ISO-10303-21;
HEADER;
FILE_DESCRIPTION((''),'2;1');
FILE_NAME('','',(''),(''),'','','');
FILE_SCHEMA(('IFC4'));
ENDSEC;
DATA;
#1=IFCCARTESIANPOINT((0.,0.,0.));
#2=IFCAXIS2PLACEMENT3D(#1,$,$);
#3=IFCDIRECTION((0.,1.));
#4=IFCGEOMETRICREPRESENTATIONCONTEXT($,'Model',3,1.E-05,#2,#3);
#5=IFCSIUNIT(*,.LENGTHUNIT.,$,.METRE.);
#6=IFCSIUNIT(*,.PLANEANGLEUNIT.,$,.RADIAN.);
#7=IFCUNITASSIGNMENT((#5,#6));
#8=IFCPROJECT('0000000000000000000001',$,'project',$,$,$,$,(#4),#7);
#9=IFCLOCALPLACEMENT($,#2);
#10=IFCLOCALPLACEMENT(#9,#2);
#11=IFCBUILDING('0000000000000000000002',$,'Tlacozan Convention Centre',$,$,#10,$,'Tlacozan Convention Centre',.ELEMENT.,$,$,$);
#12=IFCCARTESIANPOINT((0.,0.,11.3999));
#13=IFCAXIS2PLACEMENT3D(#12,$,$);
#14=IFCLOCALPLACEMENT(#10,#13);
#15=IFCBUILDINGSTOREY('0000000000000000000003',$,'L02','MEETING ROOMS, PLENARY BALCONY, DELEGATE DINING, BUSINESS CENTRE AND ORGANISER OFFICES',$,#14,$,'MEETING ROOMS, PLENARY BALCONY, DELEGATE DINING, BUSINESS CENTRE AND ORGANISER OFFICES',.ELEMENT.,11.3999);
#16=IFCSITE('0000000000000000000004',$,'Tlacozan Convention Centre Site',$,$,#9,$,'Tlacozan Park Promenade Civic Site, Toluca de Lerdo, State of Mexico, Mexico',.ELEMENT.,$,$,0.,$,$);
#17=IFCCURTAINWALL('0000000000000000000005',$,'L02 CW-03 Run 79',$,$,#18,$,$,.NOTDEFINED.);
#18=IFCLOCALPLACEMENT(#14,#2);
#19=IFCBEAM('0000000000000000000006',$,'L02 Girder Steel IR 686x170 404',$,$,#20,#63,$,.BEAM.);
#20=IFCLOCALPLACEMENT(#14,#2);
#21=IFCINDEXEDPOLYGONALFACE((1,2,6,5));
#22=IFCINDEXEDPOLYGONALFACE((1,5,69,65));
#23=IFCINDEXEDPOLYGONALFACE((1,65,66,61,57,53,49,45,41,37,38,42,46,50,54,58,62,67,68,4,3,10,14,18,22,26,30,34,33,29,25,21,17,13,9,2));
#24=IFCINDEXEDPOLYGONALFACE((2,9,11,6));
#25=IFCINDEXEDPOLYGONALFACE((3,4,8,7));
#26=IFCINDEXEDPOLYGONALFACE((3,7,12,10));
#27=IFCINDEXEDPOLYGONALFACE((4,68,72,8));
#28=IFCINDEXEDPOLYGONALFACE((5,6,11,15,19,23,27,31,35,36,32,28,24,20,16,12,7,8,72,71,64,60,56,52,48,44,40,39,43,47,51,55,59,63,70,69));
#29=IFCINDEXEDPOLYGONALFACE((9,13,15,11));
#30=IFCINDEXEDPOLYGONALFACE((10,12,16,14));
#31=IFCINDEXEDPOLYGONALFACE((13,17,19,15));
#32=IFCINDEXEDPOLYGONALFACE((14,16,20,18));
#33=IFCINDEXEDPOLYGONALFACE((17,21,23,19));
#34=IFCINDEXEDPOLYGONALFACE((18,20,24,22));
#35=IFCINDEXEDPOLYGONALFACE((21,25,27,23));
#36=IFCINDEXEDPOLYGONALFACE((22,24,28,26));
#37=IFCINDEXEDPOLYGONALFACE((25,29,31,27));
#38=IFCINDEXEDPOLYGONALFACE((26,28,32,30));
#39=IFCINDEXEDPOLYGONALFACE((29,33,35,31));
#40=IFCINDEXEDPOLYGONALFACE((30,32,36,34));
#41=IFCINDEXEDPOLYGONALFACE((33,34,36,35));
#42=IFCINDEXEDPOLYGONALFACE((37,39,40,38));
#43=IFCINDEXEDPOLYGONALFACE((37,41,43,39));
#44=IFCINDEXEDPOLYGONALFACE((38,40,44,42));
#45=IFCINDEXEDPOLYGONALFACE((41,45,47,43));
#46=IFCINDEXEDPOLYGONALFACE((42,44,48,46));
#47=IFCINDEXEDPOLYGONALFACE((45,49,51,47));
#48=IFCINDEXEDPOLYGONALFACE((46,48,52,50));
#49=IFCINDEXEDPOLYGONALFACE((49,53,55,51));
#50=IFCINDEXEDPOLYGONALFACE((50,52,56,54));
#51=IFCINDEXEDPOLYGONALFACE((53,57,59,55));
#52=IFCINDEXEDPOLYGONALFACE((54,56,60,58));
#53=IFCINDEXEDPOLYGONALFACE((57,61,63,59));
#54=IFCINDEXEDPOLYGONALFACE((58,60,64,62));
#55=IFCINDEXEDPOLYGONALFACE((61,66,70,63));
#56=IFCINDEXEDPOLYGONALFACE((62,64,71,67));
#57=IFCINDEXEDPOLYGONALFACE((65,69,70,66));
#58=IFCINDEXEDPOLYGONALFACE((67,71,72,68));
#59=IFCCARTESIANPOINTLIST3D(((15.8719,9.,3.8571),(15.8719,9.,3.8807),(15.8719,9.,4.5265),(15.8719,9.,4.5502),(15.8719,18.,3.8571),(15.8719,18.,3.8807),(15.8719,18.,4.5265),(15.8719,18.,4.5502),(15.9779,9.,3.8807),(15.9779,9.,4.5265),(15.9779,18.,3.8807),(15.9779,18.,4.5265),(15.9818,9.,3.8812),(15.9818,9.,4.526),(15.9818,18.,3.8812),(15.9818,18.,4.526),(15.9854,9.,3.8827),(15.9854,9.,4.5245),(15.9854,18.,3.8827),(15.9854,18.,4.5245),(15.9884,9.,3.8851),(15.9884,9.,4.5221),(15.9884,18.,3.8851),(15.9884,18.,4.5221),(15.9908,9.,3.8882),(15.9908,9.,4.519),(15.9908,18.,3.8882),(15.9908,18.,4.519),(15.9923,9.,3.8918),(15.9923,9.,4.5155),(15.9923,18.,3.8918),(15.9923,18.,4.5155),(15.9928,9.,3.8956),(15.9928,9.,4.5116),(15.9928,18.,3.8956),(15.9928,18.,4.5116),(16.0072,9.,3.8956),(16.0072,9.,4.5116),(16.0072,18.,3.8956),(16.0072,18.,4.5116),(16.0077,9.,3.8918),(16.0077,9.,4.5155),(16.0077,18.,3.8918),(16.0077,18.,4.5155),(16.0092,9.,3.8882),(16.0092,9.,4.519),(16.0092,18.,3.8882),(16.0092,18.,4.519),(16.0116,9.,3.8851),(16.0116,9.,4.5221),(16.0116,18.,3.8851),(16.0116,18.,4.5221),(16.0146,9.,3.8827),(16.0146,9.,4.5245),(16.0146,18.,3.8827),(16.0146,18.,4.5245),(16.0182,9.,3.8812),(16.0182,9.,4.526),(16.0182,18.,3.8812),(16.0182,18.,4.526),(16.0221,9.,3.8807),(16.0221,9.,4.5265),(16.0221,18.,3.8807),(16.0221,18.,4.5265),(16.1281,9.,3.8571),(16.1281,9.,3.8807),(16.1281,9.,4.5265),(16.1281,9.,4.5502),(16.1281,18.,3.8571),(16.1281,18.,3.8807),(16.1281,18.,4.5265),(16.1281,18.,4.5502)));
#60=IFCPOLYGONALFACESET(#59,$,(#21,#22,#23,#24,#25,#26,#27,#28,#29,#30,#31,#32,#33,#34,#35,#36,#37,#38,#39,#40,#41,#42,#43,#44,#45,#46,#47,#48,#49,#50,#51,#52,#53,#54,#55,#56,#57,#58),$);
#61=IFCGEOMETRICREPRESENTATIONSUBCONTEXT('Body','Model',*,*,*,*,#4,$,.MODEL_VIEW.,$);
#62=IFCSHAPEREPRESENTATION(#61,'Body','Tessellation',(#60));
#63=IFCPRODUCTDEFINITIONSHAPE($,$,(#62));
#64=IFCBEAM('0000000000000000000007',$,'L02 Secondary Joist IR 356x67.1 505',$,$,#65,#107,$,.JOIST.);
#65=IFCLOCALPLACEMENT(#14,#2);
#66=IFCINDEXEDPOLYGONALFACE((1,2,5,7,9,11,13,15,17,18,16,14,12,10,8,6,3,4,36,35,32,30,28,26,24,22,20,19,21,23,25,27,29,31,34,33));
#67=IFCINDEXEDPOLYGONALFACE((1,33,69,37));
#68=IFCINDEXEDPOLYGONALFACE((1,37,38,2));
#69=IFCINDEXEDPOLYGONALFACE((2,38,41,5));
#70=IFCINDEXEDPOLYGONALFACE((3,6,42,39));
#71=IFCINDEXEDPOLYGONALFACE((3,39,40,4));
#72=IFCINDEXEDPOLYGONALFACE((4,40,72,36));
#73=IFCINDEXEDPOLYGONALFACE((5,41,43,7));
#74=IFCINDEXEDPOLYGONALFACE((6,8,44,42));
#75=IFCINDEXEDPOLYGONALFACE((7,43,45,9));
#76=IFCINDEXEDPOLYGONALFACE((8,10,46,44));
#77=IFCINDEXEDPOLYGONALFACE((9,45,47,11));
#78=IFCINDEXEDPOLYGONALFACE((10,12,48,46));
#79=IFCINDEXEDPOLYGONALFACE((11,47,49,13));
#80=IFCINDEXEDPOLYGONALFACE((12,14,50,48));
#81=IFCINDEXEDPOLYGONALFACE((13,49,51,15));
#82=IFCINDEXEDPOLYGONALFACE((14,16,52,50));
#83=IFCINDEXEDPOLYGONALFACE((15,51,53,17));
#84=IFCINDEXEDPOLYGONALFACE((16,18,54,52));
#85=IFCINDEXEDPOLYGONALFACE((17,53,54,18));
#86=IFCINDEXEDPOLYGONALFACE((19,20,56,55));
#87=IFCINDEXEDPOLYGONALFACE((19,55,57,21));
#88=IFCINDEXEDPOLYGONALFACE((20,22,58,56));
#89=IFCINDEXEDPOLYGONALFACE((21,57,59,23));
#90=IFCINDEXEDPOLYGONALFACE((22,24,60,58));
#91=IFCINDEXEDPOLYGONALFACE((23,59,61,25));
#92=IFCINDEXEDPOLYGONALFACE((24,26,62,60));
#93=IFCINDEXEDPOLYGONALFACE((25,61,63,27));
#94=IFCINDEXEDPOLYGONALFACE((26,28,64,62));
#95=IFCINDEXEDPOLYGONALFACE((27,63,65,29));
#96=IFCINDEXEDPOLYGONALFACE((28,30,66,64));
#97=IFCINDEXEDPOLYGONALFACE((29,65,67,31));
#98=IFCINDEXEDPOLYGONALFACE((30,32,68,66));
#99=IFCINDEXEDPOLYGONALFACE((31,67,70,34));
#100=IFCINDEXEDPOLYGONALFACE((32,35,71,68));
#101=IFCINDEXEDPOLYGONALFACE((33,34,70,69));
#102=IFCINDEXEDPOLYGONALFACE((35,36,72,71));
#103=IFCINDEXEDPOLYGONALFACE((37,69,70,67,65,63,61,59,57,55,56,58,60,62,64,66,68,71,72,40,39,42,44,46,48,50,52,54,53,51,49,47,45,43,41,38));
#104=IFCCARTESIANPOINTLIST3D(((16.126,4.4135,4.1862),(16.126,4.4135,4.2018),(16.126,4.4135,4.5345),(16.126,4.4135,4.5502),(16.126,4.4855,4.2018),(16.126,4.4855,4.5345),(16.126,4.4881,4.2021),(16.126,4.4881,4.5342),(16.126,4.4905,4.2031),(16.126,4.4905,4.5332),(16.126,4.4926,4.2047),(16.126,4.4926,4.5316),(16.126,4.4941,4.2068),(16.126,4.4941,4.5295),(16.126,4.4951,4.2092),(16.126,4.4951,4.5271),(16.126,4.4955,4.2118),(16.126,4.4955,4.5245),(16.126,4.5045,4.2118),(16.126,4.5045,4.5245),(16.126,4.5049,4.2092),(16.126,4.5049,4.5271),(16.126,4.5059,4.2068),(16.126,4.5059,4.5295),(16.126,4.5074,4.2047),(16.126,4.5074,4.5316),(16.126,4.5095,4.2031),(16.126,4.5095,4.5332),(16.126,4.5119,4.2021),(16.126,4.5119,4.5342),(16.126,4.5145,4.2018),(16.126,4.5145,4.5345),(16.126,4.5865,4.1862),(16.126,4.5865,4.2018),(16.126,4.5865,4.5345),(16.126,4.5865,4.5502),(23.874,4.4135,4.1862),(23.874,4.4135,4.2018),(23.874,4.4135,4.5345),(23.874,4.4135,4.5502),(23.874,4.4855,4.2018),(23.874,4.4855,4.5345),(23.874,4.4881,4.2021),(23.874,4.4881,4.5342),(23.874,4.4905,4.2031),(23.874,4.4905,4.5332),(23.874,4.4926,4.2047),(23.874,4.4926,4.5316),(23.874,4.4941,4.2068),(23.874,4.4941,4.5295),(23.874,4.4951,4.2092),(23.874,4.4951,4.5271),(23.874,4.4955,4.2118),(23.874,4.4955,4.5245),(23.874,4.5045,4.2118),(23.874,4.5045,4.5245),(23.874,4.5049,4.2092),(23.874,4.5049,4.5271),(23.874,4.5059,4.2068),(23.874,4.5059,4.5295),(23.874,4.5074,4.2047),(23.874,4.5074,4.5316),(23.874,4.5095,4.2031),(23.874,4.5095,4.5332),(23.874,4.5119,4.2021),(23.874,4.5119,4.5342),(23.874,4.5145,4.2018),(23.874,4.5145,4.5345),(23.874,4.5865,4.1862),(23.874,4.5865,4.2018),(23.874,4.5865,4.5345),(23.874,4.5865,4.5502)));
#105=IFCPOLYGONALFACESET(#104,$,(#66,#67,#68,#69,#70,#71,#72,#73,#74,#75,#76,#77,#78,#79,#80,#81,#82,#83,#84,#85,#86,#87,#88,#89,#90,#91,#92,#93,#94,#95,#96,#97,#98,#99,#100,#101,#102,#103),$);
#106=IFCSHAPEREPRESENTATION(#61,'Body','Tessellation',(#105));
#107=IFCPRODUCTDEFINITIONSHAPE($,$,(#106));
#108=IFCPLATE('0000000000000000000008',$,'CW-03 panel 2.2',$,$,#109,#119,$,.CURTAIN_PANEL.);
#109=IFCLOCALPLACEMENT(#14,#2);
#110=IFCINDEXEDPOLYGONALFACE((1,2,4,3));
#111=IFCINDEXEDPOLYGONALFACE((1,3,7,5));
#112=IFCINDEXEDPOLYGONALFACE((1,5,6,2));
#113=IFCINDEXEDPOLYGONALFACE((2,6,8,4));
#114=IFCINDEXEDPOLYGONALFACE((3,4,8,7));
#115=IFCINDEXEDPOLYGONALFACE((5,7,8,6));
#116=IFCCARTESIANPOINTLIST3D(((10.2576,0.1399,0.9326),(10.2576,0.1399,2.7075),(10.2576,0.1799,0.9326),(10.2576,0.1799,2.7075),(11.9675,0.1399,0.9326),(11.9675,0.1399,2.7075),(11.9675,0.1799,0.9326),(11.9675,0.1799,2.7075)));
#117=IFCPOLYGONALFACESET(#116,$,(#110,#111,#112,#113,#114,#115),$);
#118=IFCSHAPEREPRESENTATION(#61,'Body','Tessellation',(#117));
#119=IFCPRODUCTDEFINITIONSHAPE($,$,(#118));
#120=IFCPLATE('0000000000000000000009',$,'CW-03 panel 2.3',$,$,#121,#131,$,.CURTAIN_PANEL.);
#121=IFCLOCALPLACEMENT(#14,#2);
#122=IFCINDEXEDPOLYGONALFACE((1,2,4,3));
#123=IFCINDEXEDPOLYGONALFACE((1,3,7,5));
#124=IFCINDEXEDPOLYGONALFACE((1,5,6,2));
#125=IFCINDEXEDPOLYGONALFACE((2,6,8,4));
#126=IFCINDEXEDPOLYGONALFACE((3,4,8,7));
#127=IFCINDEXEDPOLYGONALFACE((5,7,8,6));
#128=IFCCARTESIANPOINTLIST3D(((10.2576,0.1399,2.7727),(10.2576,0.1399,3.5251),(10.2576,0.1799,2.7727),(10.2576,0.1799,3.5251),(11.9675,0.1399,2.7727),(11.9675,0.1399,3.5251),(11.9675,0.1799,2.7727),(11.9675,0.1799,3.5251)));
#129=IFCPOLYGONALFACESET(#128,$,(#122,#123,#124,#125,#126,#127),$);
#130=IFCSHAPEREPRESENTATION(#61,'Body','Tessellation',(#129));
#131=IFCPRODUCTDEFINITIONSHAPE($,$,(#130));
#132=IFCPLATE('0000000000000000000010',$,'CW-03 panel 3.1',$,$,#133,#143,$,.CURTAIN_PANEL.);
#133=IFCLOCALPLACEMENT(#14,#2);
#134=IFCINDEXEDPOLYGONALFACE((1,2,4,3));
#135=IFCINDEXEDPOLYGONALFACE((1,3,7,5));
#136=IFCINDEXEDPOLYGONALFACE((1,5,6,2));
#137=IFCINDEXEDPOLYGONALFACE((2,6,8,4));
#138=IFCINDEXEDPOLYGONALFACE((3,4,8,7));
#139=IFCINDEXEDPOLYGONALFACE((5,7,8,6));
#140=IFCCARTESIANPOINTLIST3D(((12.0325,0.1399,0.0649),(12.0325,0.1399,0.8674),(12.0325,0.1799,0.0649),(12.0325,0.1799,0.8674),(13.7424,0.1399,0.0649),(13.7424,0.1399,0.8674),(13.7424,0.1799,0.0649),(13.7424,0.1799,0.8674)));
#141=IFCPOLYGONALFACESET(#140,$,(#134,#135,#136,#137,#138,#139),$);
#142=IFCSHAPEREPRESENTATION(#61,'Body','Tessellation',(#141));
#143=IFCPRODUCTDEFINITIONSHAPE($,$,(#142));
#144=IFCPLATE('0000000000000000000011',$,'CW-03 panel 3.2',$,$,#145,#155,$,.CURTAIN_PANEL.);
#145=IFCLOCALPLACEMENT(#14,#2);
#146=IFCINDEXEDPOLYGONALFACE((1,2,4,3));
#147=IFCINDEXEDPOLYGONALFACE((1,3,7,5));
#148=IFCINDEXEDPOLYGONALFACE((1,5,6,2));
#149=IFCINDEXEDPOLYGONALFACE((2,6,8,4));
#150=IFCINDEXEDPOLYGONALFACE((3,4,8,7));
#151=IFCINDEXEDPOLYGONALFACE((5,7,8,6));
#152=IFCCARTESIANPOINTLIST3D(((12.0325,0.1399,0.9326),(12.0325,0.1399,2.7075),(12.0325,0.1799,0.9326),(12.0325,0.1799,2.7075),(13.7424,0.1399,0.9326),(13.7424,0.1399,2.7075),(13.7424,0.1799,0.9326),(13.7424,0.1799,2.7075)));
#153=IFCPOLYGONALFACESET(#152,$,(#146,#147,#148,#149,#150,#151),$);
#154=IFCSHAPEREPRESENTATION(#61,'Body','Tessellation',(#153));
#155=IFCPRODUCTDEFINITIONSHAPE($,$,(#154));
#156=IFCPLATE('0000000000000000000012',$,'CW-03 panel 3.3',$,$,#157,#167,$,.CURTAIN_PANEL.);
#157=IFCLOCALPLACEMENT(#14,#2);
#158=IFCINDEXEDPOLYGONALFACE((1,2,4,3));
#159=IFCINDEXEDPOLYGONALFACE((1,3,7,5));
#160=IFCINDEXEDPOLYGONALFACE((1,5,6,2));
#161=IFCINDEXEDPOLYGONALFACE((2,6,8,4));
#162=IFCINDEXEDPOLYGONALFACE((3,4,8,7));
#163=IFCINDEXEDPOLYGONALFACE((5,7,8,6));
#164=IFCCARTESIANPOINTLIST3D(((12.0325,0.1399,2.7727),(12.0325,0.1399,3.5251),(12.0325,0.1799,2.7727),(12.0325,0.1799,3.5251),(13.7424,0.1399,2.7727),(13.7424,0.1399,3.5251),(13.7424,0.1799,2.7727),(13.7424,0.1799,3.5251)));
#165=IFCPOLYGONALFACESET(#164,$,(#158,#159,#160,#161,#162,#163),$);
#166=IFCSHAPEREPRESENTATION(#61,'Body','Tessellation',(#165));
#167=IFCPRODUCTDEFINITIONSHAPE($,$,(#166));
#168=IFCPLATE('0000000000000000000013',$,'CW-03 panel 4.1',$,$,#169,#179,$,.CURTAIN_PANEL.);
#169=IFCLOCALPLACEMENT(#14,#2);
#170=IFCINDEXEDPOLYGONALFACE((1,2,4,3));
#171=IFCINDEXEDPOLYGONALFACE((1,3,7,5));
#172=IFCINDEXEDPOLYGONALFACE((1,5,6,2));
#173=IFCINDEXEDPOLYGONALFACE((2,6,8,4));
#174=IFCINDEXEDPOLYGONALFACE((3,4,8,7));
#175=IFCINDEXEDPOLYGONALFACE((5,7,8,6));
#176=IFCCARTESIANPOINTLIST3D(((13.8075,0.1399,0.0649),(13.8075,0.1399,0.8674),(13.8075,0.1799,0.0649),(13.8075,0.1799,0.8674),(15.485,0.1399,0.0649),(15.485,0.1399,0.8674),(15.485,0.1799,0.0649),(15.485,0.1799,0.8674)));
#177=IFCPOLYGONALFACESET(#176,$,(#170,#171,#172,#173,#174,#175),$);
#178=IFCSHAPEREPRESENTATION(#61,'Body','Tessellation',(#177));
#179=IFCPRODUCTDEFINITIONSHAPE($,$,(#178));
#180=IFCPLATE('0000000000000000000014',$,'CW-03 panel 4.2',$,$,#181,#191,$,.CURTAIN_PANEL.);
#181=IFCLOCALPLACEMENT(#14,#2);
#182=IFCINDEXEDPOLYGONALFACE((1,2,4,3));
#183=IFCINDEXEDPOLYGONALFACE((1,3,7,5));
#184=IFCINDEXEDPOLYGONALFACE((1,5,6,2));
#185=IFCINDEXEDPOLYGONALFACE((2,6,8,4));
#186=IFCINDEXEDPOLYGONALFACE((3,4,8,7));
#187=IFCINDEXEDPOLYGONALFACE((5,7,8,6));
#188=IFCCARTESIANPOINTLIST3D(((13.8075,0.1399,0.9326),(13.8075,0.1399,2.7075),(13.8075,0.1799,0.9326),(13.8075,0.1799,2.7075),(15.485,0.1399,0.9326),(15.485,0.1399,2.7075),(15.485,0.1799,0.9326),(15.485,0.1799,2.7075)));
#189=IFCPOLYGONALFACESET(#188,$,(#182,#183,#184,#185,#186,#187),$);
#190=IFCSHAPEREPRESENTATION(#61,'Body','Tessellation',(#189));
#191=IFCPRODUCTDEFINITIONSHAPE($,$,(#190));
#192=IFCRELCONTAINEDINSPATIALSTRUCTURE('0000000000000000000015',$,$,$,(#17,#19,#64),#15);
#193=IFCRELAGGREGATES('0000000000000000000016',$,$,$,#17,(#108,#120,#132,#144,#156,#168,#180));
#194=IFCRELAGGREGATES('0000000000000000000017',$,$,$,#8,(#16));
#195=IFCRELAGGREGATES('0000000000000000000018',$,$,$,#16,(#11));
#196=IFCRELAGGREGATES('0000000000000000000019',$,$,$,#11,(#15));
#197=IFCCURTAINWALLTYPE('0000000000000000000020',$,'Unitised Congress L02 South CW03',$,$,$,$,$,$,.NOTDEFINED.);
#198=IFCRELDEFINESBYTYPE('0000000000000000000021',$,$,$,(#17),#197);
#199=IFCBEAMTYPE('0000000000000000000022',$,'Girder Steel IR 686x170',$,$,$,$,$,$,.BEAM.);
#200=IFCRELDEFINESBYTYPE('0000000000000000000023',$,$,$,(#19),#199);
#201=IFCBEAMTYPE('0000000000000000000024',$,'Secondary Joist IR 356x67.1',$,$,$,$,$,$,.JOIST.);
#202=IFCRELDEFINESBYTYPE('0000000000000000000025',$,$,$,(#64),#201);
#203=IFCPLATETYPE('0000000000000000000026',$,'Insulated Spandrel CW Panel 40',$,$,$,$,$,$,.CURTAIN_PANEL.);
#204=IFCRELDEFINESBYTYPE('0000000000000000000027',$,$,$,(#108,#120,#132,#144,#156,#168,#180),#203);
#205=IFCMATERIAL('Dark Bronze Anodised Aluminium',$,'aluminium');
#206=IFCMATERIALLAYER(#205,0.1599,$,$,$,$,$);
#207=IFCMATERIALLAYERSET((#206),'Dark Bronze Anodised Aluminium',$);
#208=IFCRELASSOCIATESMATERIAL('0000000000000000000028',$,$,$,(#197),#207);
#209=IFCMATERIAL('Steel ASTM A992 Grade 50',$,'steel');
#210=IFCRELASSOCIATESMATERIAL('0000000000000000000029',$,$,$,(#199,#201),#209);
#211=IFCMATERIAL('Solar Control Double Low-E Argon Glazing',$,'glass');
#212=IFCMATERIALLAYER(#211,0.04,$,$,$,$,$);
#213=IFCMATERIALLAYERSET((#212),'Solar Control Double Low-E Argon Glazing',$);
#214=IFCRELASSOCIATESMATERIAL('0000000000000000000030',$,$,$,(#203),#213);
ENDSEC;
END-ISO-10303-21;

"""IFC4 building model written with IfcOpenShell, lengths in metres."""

from ifc_helpers import new_model, si_unit, direction, frame, origin, origin_2d, place, context, subcontext, project, spatial, rectangle, i_section, extrude, material, layer, layer_set, material_profile, profile_set, type_object, element, aggregate, save


model = new_model("IFC4")

# Units and contexts
model_context = context("Model", 3, precision=1e-05, world=origin(), true_north=direction((0.0, 1.0)))
body_context = subcontext(model_context, "Body", "Model", "MODEL_VIEW")
ifc_project = project(units=[si_unit("LENGTHUNIT", "METRE"), si_unit("PLANEANGLEUNIT", "RADIAN")], contexts=[model_context])

# Site, building, storey
site_placement = place(None, origin())
site = spatial("IfcSite", under=ifc_project, at=site_placement, Name="Tlacozan Convention Centre Site", LongName="Tlacozan Park Promenade Civic Site, Toluca de Lerdo, State of Mexico, Mexico", CompositionType="ELEMENT", RefElevation=0.0)
building_placement = place(site_placement, origin())
building = spatial("IfcBuilding", under=site, at=building_placement, Name="Tlacozan Convention Centre", LongName="Tlacozan Convention Centre", CompositionType="ELEMENT")
storey_placement = place(building_placement, frame((0.0, 0.0, 11.3999)))
storey = spatial("IfcBuildingStorey", under=building, at=storey_placement, Name="L02", Description="MEETING ROOMS, PLENARY BALCONY, DELEGATE DINING, BUSINESS CENTRE AND ORGANISER OFFICES", LongName="MEETING ROOMS, PLENARY BALCONY, DELEGATE DINING, BUSINESS CENTRE AND ORGANISER OFFICES", CompositionType="ELEMENT", Elevation=11.3999)

# Curtain wall
ifc_material_1 = material(Name="Dark Bronze Anodised Aluminium", Category="aluminium")
ifc_layer_1 = layer(ifc_material_1, 0.1599)
ifc_layer_set_1 = layer_set([ifc_layer_1], Name="Dark Bronze Anodised Aluminium")
curtain_wall_type = type_object("IfcCurtainWallType", Name="Unitised Congress L02 South CW03", PredefinedType="NOTDEFINED", material=ifc_layer_set_1)
curtain_wall_1_placement = place(storey_placement, origin())
curtain_wall_1 = element("IfcCurtainWall", 1, at=curtain_wall_1_placement, inside=storey, type_object=curtain_wall_type, Name="L02 CW-03 Run 79", PredefinedType="NOTDEFINED")

# Beams
ifc_material_2 = material(Name="Steel ASTM A992 Grade 50", Category="steel")
ifc_material_profile_1 = material_profile(ifc_material_2, i_section(OverallWidth=0.2561, OverallDepth=0.6931, WebThickness=0.0144, FlangeThickness=0.0237, FilletRadius=0.0149, at=origin_2d()), Name="IR 686x170.0")
ifc_profile_set_1 = profile_set([ifc_material_profile_1], Name="Steel ASTM A992 Grade 50")
beam_type_1 = type_object("IfcBeamType", Name="Girder Steel IR 686x170", PredefinedType="BEAM", material=ifc_profile_set_1)
for number, where, z_axis, x_axis, name in (
    (2, (16.0, 9.0, 4.2036), (0.0, 1.0, 0.0), (-1.0, 0.0, 0.0), "L02 Girder Steel IR 686x170 404"),
):
    element("IfcBeam", number, at=place(storey_placement, frame(where, z_axis=z_axis, x_axis=x_axis)), inside=storey, type_object=beam_type_1, Name=name, PredefinedType="BEAM", context=body_context, shape_type="SweptSolid", body=[
        extrude(i_section(OverallWidth=0.2561, OverallDepth=0.6931, WebThickness=0.0144, FlangeThickness=0.0237, FilletRadius=0.0149, at=origin_2d()), origin(), (0.0, 0.0, 1.0), 9.0),
    ])
ifc_material_profile_2 = material_profile(ifc_material_2, i_section(OverallWidth=0.1731, OverallDepth=0.364, WebThickness=0.009, FlangeThickness=0.0156, FilletRadius=0.01, at=origin_2d()), Name="IR 356x67.1")
ifc_profile_set_2 = profile_set([ifc_material_profile_2], Name="Steel ASTM A992 Grade 50")
beam_type_2 = type_object("IfcBeamType", Name="Secondary Joist IR 356x67.1", PredefinedType="JOIST", material=ifc_profile_set_2)
beam_placement = place(storey_placement, frame((16.126, 4.5, 4.3682), z_axis=(1.0, 0.0, 0.0), x_axis=(0.0, 1.0, 0.0)))
element("IfcBeam", 3, at=beam_placement, inside=storey, type_object=beam_type_2, Name="L02 Secondary Joist IR 356x67.1 505", PredefinedType="JOIST", context=body_context, shape_type="SweptSolid", body=[
    extrude(i_section(OverallWidth=0.1731, OverallDepth=0.364, WebThickness=0.009, FlangeThickness=0.0156, FilletRadius=0.01, at=origin_2d()), origin(), (0.0, 0.0, 1.0), 7.748),
])

# Plates
ifc_material_3 = material(Name="Solar Control Double Low-E Argon Glazing", Category="glass")
ifc_layer_2 = layer(ifc_material_3, 0.04)
ifc_layer_set_2 = layer_set([ifc_layer_2], Name="Solar Control Double Low-E Argon Glazing")
plate_type = type_object("IfcPlateType", Name="Insulated Spandrel CW Panel 40", PredefinedType="CURTAIN_PANEL", material=ifc_layer_set_2)
plate_1_placement = place(storey_placement, frame((11.1125, 0.1599, 0.9326), z_axis=(0.0, 0.0, 1.0), x_axis=(1.0, 0.0, 0.0)))
plate_1 = element("IfcPlate", 4, at=plate_1_placement, type_object=plate_type, Name="CW-03 panel 2.2", PredefinedType="CURTAIN_PANEL", context=body_context, shape_type="SweptSolid", body=[
    extrude(rectangle(XDim=1.71, YDim=0.04, at=origin_2d()), origin(), (0.0, 0.0, 1.0), 1.7749),
])
plate_2_placement = place(storey_placement, frame((11.1125, 0.1599, 2.7727), z_axis=(0.0, 0.0, 1.0), x_axis=(1.0, 0.0, 0.0)))
plate_2 = element("IfcPlate", 5, at=plate_2_placement, type_object=plate_type, Name="CW-03 panel 2.3", PredefinedType="CURTAIN_PANEL", context=body_context, shape_type="SweptSolid", body=[
    extrude(rectangle(XDim=1.71, YDim=0.04, at=origin_2d()), origin(), (0.0, 0.0, 1.0), 0.7524),
])
plate_3_placement = place(storey_placement, frame((12.8875, 0.1599, 0.0649), z_axis=(0.0, 0.0, 1.0), x_axis=(1.0, 0.0, 0.0)))
plate_3 = element("IfcPlate", 6, at=plate_3_placement, type_object=plate_type, Name="CW-03 panel 3.1", PredefinedType="CURTAIN_PANEL", context=body_context, shape_type="SweptSolid", body=[
    extrude(rectangle(XDim=1.71, YDim=0.04, at=origin_2d()), origin(), (0.0, 0.0, 1.0), 0.8025),
])
plate_4_placement = place(storey_placement, frame((12.8875, 0.1599, 0.9326), z_axis=(0.0, 0.0, 1.0), x_axis=(1.0, 0.0, 0.0)))
plate_4 = element("IfcPlate", 7, at=plate_4_placement, type_object=plate_type, Name="CW-03 panel 3.2", PredefinedType="CURTAIN_PANEL", context=body_context, shape_type="SweptSolid", body=[
    extrude(rectangle(XDim=1.71, YDim=0.04, at=origin_2d()), origin(), (0.0, 0.0, 1.0), 1.7749),
])
plate_5_placement = place(storey_placement, frame((12.8875, 0.1599, 2.7727), z_axis=(0.0, 0.0, 1.0), x_axis=(1.0, 0.0, 0.0)))
plate_5 = element("IfcPlate", 8, at=plate_5_placement, type_object=plate_type, Name="CW-03 panel 3.3", PredefinedType="CURTAIN_PANEL", context=body_context, shape_type="SweptSolid", body=[
    extrude(rectangle(XDim=1.71, YDim=0.04, at=origin_2d()), origin(), (0.0, 0.0, 1.0), 0.7524),
])
plate_6_placement = place(storey_placement, frame((14.6462, 0.1599, 0.0649), z_axis=(0.0, 0.0, 1.0), x_axis=(1.0, 0.0, 0.0)))
plate_6 = element("IfcPlate", 9, at=plate_6_placement, type_object=plate_type, Name="CW-03 panel 4.1", PredefinedType="CURTAIN_PANEL", context=body_context, shape_type="SweptSolid", body=[
    extrude(rectangle(XDim=1.6775, YDim=0.04, at=origin_2d()), origin(), (0.0, 0.0, 1.0), 0.8025),
])
plate_7_placement = place(storey_placement, frame((14.6462, 0.1599, 0.9326), z_axis=(0.0, 0.0, 1.0), x_axis=(1.0, 0.0, 0.0)))
plate_7 = element("IfcPlate", 10, at=plate_7_placement, type_object=plate_type, Name="CW-03 panel 4.2", PredefinedType="CURTAIN_PANEL", context=body_context, shape_type="SweptSolid", body=[
    extrude(rectangle(XDim=1.6775, YDim=0.04, at=origin_2d()), origin(), (0.0, 0.0, 1.0), 1.7749),
])
aggregate(curtain_wall_1, [plate_1, plate_2, plate_3, plate_4, plate_5, plate_6, plate_7])

save(model, "model.ifc")
